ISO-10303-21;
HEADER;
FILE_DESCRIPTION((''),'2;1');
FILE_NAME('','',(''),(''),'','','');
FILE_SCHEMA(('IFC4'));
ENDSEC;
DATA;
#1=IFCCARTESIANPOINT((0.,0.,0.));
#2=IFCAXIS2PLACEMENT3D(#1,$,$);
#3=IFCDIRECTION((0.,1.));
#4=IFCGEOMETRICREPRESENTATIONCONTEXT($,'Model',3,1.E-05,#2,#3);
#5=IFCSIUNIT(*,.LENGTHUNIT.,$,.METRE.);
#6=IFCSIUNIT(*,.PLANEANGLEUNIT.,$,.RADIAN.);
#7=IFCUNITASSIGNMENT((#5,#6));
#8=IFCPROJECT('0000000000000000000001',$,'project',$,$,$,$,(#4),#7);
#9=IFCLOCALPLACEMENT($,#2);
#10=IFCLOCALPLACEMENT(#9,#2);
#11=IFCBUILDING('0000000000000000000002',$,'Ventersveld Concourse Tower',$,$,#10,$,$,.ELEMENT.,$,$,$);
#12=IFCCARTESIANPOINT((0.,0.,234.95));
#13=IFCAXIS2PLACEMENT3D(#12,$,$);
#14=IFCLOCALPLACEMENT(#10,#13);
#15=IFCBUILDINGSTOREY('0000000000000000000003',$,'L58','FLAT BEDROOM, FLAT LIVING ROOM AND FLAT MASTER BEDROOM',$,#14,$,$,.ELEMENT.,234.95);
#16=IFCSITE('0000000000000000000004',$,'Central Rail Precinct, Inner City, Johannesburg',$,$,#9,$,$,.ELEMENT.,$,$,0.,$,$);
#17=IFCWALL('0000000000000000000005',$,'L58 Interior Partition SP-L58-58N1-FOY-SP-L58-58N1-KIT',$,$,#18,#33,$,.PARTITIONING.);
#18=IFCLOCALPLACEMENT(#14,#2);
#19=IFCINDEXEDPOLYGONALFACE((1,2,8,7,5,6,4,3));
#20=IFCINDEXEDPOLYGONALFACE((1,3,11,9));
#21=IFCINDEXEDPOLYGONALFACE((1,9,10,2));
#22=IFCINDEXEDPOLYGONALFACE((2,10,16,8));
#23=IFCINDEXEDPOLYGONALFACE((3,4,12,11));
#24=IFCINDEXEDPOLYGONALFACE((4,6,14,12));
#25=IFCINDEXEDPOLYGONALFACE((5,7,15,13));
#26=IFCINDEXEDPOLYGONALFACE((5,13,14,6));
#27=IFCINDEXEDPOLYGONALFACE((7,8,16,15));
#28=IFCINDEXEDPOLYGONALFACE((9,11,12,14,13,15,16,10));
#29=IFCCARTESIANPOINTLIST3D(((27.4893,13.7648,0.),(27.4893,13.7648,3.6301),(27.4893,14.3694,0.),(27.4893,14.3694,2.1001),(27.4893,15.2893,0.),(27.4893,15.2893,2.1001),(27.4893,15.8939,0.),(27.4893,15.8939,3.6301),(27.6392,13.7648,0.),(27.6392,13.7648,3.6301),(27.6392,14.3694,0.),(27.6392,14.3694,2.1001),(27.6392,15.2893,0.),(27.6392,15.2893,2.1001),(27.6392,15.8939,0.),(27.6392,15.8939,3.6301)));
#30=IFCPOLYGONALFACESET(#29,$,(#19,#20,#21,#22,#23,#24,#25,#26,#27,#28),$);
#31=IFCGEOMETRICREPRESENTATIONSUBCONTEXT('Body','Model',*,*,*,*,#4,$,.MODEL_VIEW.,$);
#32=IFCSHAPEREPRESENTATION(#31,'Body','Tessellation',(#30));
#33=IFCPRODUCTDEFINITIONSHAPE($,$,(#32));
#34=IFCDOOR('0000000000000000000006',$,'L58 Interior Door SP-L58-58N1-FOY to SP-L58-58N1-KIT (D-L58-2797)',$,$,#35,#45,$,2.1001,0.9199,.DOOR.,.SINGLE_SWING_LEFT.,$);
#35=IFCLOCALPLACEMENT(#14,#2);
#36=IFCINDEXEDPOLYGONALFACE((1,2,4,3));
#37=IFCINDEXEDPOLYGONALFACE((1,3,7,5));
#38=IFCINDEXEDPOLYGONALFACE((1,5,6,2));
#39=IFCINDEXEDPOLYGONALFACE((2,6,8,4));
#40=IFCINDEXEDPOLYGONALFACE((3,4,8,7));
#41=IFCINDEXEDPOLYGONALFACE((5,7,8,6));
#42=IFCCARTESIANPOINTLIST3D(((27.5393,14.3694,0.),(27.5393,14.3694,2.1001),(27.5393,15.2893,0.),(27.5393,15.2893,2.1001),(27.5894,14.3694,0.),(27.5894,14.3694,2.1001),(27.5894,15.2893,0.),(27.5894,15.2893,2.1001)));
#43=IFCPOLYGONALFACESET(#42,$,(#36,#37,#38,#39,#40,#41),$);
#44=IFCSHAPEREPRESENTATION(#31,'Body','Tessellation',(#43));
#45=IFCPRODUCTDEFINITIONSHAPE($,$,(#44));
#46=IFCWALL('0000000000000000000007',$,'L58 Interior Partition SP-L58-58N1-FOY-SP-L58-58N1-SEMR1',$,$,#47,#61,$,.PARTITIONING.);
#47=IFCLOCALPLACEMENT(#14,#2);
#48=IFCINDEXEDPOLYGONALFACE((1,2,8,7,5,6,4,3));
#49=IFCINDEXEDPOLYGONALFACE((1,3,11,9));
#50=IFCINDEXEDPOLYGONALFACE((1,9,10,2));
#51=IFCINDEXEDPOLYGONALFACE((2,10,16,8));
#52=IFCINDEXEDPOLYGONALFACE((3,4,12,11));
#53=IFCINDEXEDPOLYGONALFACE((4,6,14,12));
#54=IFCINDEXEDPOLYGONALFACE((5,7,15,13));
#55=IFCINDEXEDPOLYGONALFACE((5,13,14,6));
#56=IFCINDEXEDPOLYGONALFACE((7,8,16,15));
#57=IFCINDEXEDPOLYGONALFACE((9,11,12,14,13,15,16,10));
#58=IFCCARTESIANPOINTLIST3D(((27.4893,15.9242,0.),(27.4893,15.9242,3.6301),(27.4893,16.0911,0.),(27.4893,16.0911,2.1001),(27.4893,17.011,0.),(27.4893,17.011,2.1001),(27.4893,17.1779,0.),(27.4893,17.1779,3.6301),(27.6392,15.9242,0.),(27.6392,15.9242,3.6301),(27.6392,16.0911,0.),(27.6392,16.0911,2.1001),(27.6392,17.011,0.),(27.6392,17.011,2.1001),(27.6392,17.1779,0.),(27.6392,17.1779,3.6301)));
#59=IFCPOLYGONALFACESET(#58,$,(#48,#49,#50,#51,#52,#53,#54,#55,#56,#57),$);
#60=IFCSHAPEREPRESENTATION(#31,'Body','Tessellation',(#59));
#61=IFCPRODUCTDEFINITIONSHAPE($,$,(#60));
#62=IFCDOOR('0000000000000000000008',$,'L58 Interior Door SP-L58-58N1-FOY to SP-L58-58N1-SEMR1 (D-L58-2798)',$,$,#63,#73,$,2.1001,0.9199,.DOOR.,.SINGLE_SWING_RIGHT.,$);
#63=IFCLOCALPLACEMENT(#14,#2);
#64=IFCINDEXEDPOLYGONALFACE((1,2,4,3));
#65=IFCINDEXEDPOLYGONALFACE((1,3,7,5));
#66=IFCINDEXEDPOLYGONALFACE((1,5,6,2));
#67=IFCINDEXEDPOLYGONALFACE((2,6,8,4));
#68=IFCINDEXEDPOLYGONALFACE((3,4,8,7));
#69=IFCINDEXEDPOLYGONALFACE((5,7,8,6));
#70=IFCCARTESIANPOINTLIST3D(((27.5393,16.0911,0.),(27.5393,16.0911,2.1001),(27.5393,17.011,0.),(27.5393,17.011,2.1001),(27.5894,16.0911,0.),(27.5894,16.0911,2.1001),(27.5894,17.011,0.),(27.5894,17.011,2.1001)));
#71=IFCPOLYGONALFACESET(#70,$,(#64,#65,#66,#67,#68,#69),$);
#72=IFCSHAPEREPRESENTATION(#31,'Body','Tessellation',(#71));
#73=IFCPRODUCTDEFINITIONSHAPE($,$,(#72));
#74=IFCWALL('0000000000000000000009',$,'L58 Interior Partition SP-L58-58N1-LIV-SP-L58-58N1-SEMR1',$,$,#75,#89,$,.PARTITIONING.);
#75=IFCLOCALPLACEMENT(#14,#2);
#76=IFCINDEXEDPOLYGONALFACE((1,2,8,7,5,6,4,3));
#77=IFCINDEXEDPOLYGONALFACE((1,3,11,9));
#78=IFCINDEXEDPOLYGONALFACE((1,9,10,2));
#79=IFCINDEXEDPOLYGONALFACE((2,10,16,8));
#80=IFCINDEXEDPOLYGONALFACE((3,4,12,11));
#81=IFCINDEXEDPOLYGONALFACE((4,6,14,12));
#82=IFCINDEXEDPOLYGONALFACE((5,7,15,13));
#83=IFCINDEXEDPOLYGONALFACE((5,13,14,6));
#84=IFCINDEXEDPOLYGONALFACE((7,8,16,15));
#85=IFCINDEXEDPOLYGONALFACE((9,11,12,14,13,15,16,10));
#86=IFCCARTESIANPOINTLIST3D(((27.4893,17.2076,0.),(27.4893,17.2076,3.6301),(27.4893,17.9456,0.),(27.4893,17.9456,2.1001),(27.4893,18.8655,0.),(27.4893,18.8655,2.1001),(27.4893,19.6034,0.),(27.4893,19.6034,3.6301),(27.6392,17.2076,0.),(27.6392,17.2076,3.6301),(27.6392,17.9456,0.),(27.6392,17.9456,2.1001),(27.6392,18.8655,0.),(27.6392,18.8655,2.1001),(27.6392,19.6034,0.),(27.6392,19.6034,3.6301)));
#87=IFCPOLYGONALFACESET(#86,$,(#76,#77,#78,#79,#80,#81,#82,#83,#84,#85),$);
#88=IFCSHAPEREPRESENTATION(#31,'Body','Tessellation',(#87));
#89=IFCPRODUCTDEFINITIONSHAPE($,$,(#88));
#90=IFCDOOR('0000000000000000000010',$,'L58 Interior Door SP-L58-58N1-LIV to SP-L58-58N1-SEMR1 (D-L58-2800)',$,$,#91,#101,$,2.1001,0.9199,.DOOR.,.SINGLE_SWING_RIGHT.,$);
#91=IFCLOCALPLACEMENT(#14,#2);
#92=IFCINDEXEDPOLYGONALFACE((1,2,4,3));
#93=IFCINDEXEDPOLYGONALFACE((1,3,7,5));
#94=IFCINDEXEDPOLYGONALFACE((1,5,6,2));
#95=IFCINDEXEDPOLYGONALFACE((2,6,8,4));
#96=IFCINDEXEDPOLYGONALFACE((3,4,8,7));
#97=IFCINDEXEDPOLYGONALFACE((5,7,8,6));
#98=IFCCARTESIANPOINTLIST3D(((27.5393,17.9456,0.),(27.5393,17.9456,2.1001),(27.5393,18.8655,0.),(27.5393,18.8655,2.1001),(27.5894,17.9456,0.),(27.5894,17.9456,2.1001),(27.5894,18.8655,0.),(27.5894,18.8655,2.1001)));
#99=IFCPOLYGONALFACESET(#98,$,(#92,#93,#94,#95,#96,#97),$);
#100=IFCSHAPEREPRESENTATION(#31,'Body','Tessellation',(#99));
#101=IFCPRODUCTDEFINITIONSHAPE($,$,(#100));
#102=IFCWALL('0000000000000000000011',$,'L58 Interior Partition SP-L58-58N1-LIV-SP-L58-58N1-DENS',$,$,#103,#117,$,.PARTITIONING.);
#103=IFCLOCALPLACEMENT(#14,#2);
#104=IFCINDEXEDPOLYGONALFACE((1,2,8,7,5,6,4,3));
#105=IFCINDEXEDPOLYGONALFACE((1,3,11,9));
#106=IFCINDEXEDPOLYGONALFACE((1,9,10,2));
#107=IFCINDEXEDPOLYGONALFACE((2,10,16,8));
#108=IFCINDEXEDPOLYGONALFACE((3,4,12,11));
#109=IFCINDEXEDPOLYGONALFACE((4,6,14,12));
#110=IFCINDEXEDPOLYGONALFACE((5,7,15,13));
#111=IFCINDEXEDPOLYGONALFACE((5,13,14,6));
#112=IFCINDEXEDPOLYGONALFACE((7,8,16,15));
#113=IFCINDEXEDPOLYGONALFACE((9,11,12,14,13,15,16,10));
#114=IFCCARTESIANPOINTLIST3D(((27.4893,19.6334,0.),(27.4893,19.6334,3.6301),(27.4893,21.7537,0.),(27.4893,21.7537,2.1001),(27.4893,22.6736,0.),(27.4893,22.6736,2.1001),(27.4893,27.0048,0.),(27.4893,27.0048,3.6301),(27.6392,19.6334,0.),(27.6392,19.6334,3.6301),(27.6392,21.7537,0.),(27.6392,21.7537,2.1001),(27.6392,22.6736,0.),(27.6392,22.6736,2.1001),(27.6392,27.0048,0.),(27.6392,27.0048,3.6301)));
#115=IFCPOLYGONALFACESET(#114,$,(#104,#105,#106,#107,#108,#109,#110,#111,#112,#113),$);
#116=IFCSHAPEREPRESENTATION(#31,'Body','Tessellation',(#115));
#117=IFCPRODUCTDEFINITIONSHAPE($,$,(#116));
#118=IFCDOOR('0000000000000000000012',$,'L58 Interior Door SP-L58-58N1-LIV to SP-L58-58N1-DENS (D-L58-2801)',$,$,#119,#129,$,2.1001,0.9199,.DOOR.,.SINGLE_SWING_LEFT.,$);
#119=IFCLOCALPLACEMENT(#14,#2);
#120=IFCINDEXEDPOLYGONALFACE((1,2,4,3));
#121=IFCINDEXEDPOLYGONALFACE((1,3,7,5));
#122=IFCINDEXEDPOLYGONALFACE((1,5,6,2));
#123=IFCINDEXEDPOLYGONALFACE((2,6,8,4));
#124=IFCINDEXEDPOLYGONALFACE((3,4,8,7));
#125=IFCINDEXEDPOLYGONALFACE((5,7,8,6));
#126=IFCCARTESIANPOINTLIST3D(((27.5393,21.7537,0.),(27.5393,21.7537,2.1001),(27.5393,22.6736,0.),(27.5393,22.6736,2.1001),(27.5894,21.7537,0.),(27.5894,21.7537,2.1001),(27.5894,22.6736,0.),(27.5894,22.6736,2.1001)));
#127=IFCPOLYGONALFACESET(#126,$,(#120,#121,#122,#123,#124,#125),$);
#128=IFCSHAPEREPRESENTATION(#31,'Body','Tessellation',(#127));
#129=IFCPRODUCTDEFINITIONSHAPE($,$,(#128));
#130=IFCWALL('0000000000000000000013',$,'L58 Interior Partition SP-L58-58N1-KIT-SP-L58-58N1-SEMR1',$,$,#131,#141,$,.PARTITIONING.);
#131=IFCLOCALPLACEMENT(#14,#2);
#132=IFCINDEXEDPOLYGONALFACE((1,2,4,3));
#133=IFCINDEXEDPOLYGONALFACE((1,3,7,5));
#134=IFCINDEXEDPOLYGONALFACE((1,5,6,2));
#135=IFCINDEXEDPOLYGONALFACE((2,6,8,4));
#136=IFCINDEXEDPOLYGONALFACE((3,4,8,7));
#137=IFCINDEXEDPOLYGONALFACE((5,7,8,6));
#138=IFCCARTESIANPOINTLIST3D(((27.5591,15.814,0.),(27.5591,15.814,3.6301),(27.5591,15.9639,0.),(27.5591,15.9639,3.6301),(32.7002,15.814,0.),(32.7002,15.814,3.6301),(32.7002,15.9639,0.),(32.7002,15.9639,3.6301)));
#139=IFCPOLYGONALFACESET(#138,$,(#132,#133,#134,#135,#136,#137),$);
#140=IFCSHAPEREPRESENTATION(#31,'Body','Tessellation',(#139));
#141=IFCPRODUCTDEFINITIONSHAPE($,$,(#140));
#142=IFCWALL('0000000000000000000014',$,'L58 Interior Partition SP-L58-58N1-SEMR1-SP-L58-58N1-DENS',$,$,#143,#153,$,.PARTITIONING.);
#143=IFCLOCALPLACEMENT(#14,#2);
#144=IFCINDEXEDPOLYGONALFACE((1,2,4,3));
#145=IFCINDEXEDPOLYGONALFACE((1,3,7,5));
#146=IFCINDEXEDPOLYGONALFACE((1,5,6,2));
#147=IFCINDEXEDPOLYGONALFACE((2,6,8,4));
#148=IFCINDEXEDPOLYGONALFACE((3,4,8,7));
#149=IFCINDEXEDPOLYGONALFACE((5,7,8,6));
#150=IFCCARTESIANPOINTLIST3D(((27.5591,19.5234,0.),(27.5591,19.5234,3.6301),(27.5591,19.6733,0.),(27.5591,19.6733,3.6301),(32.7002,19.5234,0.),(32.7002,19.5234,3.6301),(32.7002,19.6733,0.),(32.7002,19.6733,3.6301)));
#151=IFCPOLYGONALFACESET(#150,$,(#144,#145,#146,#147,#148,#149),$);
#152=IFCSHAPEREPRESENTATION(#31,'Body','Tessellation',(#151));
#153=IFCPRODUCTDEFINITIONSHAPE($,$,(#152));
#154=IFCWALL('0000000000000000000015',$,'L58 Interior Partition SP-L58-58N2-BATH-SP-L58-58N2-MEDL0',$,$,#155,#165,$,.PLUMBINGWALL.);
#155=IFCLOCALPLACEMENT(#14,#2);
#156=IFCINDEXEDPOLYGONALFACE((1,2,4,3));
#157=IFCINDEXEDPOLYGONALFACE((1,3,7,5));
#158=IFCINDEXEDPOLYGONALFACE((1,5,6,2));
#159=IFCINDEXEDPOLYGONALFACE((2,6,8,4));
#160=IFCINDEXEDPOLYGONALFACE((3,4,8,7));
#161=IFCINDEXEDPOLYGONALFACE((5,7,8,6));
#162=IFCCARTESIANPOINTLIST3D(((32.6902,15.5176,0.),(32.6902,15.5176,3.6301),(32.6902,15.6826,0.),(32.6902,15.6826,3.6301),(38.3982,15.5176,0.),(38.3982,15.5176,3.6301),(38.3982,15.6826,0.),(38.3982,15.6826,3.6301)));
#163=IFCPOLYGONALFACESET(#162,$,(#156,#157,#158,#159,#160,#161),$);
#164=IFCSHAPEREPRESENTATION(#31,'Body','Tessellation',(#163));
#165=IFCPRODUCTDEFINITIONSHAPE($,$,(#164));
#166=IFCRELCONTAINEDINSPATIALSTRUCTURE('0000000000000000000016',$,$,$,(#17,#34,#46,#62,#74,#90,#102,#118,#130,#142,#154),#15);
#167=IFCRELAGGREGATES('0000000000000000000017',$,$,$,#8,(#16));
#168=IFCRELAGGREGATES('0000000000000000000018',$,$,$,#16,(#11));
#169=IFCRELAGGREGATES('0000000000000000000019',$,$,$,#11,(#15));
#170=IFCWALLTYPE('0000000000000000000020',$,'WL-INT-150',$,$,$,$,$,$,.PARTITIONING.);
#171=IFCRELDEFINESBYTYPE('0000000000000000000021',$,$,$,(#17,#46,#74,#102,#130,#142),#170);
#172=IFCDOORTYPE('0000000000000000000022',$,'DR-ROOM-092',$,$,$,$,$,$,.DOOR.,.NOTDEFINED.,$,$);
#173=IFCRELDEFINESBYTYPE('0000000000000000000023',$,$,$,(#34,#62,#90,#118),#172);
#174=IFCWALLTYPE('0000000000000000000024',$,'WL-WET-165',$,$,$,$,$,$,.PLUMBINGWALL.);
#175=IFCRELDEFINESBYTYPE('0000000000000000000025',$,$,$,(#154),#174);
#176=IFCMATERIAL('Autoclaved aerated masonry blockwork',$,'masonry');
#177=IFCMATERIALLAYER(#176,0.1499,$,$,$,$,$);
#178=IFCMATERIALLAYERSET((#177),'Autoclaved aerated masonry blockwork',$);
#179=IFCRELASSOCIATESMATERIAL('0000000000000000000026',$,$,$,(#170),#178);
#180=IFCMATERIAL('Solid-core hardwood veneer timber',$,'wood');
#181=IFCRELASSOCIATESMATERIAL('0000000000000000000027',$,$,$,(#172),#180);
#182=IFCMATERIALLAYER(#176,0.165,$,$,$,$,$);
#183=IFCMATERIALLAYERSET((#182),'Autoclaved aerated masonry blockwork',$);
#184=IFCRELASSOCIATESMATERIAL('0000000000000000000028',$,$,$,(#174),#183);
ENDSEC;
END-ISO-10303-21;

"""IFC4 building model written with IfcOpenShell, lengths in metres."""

from ifc_helpers import new_model, si_unit, direction, frame, frame_2d, origin, place, context, subcontext, project, spatial, rectangle, extrude, material, layer, layer_set, type_object, element, fill, save


model = new_model("IFC4")

# Units and contexts
model_context = context("Model", 3, precision=1e-05, world=origin(), true_north=direction((0.0, 1.0)))
body_context = subcontext(model_context, "Body", "Model", "MODEL_VIEW")
ifc_project = project(units=[si_unit("LENGTHUNIT", "METRE"), si_unit("PLANEANGLEUNIT", "RADIAN")], contexts=[model_context])

# Site, building, storey
site_placement = place(None, origin())
site = spatial("IfcSite", under=ifc_project, at=site_placement, Name="Central Rail Precinct, Inner City, Johannesburg", CompositionType="ELEMENT", RefElevation=0.0)
building_placement = place(site_placement, origin())
building = spatial("IfcBuilding", under=site, at=building_placement, Name="Ventersveld Concourse Tower", CompositionType="ELEMENT")
storey_placement = place(building_placement, frame((0.0, 0.0, 234.95)))
storey = spatial("IfcBuildingStorey", under=building, at=storey_placement, Name="L58", Description="FLAT BEDROOM, FLAT LIVING ROOM AND FLAT MASTER BEDROOM", CompositionType="ELEMENT", Elevation=234.95)

# Walls, openings, doors
ifc_material_1 = material(Name="Autoclaved aerated masonry blockwork", Category="masonry")
ifc_layer_1 = layer(ifc_material_1, 0.1499)
ifc_layer_set_1 = layer_set([ifc_layer_1], Name="Autoclaved aerated masonry blockwork")
wall_type_1 = type_object("IfcWallType", Name="WL-INT-150", PredefinedType="PARTITIONING", material=ifc_layer_set_1)
wall_1_placement = place(storey_placement, frame((27.5642, 13.7649, 0.0), z_axis=(0.0, 0.0, 1.0), x_axis=(0.0, 1.0, 0.0)))
wall_1 = element("IfcWall", 1, at=wall_1_placement, inside=storey, type_object=wall_type_1, Name="L58 Interior Partition SP-L58-58N1-FOY-SP-L58-58N1-KIT", PredefinedType="PARTITIONING", context=body_context, shape_type="SweptSolid", body=[
    extrude(rectangle(XDim=2.1292, YDim=0.1499, at=frame_2d((1.0645, 0.0))), origin(), (0.0, 0.0, 1.0), 3.6301),
])
opening_1_placement = place(wall_1_placement, frame((0.6045, 0.0, 0.0)))
opening_1 = element("IfcOpeningElement", 2, at=opening_1_placement, cuts=wall_1, PredefinedType="OPENING", context=body_context, shape_type="SweptSolid", body=[
    extrude(rectangle(XDim=0.9199, YDim=2.1001, at=frame_2d((0.46, 1.05))), frame((0.0, 0.085, 0.0), z_axis=(0.0, -1.0, 0.0), x_axis=(1.0, 0.0, 0.0)), (0.0, 0.0, 1.0), 0.1699),
])
ifc_material_2 = material(Name="Solid-core hardwood veneer timber", Category="wood")
door_type = type_object("IfcDoorType", Name="DR-ROOM-092", OperationType="NOTDEFINED", PredefinedType="DOOR", material=ifc_material_2)
door_1_placement = place(opening_1_placement, origin())
door_1 = element("IfcDoor", 3, at=door_1_placement, inside=storey, type_object=door_type, Name="L58 Interior Door SP-L58-58N1-FOY to SP-L58-58N1-KIT (D-L58-2797)", OperationType="SINGLE_SWING_LEFT", OverallHeight=2.1001, OverallWidth=0.9199, PredefinedType="DOOR", context=body_context, shape_type="SweptSolid", body=[
    extrude(rectangle(XDim=0.9199, YDim=2.1001, at=frame_2d((0.46, 1.05))), frame((0.0, 0.0249, 0.0), z_axis=(0.0, -1.0, 0.0), x_axis=(1.0, 0.0, 0.0)), (0.0, 0.0, 1.0), 0.05),
])
fill(opening_1, door_1)
wall_2_placement = place(storey_placement, frame((27.5642, 15.9241, 0.0), z_axis=(0.0, 0.0, 1.0), x_axis=(0.0, 1.0, 0.0)))
wall_2 = element("IfcWall", 4, at=wall_2_placement, inside=storey, type_object=wall_type_1, Name="L58 Interior Partition SP-L58-58N1-FOY-SP-L58-58N1-SEMR1", PredefinedType="PARTITIONING", context=body_context, shape_type="SweptSolid", body=[
    extrude(rectangle(XDim=1.2537, YDim=0.1499, at=frame_2d((0.627, 0.0))), origin(), (0.0, 0.0, 1.0), 3.6301),
])
opening_2_placement = place(wall_2_placement, frame((0.167, 0.0, 0.0)))
opening_2 = element("IfcOpeningElement", 5, at=opening_2_placement, cuts=wall_2, PredefinedType="OPENING", context=body_context, shape_type="SweptSolid", body=[
    extrude(rectangle(XDim=0.9199, YDim=2.1001, at=frame_2d((0.46, 1.05))), frame((0.0, 0.085, 0.0), z_axis=(0.0, -1.0, 0.0), x_axis=(1.0, 0.0, 0.0)), (0.0, 0.0, 1.0), 0.1699),
])
door_2_placement = place(opening_2_placement, origin())
door_2 = element("IfcDoor", 6, at=door_2_placement, inside=storey, type_object=door_type, Name="L58 Interior Door SP-L58-58N1-FOY to SP-L58-58N1-SEMR1 (D-L58-2798)", OperationType="SINGLE_SWING_RIGHT", OverallHeight=2.1001, OverallWidth=0.9199, PredefinedType="DOOR", context=body_context, shape_type="SweptSolid", body=[
    extrude(rectangle(XDim=0.9199, YDim=2.1001, at=frame_2d((0.46, 1.05))), frame((0.0, 0.0249, 0.0), z_axis=(0.0, -1.0, 0.0), x_axis=(1.0, 0.0, 0.0)), (0.0, 0.0, 1.0), 0.05),
])
fill(opening_2, door_2)
wall_3_placement = place(storey_placement, frame((27.5642, 17.2078, 0.0), z_axis=(0.0, 0.0, 1.0), x_axis=(0.0, 1.0, 0.0)))
wall_3 = element("IfcWall", 7, at=wall_3_placement, inside=storey, type_object=wall_type_1, Name="L58 Interior Partition SP-L58-58N1-LIV-SP-L58-58N1-SEMR1", PredefinedType="PARTITIONING", context=body_context, shape_type="SweptSolid", body=[
    extrude(rectangle(XDim=2.3958, YDim=0.1499, at=frame_2d((1.1978, 0.0))), origin(), (0.0, 0.0, 1.0), 3.6301),
])
opening_3_placement = place(wall_3_placement, frame((0.7378, 0.0, 0.0)))
opening_3 = element("IfcOpeningElement", 8, at=opening_3_placement, cuts=wall_3, PredefinedType="OPENING", context=body_context, shape_type="SweptSolid", body=[
    extrude(rectangle(XDim=0.9199, YDim=2.1001, at=frame_2d((0.46, 1.05))), frame((0.0, 0.085, 0.0), z_axis=(0.0, -1.0, 0.0), x_axis=(1.0, 0.0, 0.0)), (0.0, 0.0, 1.0), 0.1699),
])
door_3_placement = place(opening_3_placement, origin())
door_3 = element("IfcDoor", 9, at=door_3_placement, inside=storey, type_object=door_type, Name="L58 Interior Door SP-L58-58N1-LIV to SP-L58-58N1-SEMR1 (D-L58-2800)", OperationType="SINGLE_SWING_RIGHT", OverallHeight=2.1001, OverallWidth=0.9199, PredefinedType="DOOR", context=body_context, shape_type="SweptSolid", body=[
    extrude(rectangle(XDim=0.9199, YDim=2.1001, at=frame_2d((0.46, 1.05))), frame((0.0, 0.0249, 0.0), z_axis=(0.0, -1.0, 0.0), x_axis=(1.0, 0.0, 0.0)), (0.0, 0.0, 1.0), 0.05),
])
fill(opening_3, door_3)
wall_4_placement = place(storey_placement, frame((27.5642, 19.6335, 0.0), z_axis=(0.0, 0.0, 1.0), x_axis=(0.0, 1.0, 0.0)))
wall_4 = element("IfcWall", 10, at=wall_4_placement, inside=storey, type_object=wall_type_1, Name="L58 Interior Partition SP-L58-58N1-LIV-SP-L58-58N1-DENS", PredefinedType="PARTITIONING", context=body_context, shape_type="SweptSolid", body=[
    extrude(rectangle(XDim=7.3713, YDim=0.1499, at=frame_2d((3.6855, 0.0))), origin(), (0.0, 0.0, 1.0), 3.6301),
])
opening_4_placement = place(wall_4_placement, frame((2.1201, 0.0, 0.0)))
opening_4 = element("IfcOpeningElement", 11, at=opening_4_placement, cuts=wall_4, PredefinedType="OPENING", context=body_context, shape_type="SweptSolid", body=[
    extrude(rectangle(XDim=0.9199, YDim=2.1001, at=frame_2d((0.46, 1.05))), frame((0.0, 0.085, 0.0), z_axis=(0.0, -1.0, 0.0), x_axis=(1.0, 0.0, 0.0)), (0.0, 0.0, 1.0), 0.1699),
])
door_4_placement = place(opening_4_placement, origin())
door_4 = element("IfcDoor", 12, at=door_4_placement, inside=storey, type_object=door_type, Name="L58 Interior Door SP-L58-58N1-LIV to SP-L58-58N1-DENS (D-L58-2801)", OperationType="SINGLE_SWING_LEFT", OverallHeight=2.1001, OverallWidth=0.9199, PredefinedType="DOOR", context=body_context, shape_type="SweptSolid", body=[
    extrude(rectangle(XDim=0.9199, YDim=2.1001, at=frame_2d((0.46, 1.05))), frame((0.0, 0.0249, 0.0), z_axis=(0.0, -1.0, 0.0), x_axis=(1.0, 0.0, 0.0)), (0.0, 0.0, 1.0), 0.05),
])
fill(opening_4, door_4)

# Walls
for number, where, z_axis, x_axis, name in (
    (13, (27.5591, 15.8889, 0.0), (0.0, 0.0, 1.0), (1.0, 0.0, 0.0), "L58 Interior Partition SP-L58-58N1-KIT-SP-L58-58N1-SEMR1"),
    (14, (27.5591, 19.5984, 0.0), (0.0, 0.0, 1.0), (1.0, 0.0, 0.0), "L58 Interior Partition SP-L58-58N1-SEMR1-SP-L58-58N1-DENS"),
):
    element("IfcWall", number, at=place(storey_placement, frame(where, z_axis=z_axis, x_axis=x_axis)), inside=storey, type_object=wall_type_1, Name=name, PredefinedType="PARTITIONING", context=body_context, shape_type="SweptSolid", body=[
        extrude(rectangle(XDim=5.1411, YDim=0.1499, at=frame_2d((2.5706, 0.0))), origin(), (0.0, 0.0, 1.0), 3.6301),
    ])
ifc_layer_2 = layer(ifc_material_1, 0.165)
ifc_layer_set_2 = layer_set([ifc_layer_2], Name="Autoclaved aerated masonry blockwork")
wall_type_2 = type_object("IfcWallType", Name="WL-WET-165", PredefinedType="PLUMBINGWALL", material=ifc_layer_set_2)
wall_5_placement = place(storey_placement, frame((32.6902, 15.6001, 0.0), z_axis=(0.0, 0.0, 1.0), x_axis=(1.0, 0.0, 0.0)))
element("IfcWall", 15, at=wall_5_placement, inside=storey, type_object=wall_type_2, Name="L58 Interior Partition SP-L58-58N2-BATH-SP-L58-58N2-MEDL0", PredefinedType="PLUMBINGWALL", context=body_context, shape_type="SweptSolid", body=[
    extrude(rectangle(XDim=5.708, YDim=0.165, at=frame_2d((2.854, 0.0))), origin(), (0.0, 0.0, 1.0), 3.6301),
])

save(model, "model.ifc")
